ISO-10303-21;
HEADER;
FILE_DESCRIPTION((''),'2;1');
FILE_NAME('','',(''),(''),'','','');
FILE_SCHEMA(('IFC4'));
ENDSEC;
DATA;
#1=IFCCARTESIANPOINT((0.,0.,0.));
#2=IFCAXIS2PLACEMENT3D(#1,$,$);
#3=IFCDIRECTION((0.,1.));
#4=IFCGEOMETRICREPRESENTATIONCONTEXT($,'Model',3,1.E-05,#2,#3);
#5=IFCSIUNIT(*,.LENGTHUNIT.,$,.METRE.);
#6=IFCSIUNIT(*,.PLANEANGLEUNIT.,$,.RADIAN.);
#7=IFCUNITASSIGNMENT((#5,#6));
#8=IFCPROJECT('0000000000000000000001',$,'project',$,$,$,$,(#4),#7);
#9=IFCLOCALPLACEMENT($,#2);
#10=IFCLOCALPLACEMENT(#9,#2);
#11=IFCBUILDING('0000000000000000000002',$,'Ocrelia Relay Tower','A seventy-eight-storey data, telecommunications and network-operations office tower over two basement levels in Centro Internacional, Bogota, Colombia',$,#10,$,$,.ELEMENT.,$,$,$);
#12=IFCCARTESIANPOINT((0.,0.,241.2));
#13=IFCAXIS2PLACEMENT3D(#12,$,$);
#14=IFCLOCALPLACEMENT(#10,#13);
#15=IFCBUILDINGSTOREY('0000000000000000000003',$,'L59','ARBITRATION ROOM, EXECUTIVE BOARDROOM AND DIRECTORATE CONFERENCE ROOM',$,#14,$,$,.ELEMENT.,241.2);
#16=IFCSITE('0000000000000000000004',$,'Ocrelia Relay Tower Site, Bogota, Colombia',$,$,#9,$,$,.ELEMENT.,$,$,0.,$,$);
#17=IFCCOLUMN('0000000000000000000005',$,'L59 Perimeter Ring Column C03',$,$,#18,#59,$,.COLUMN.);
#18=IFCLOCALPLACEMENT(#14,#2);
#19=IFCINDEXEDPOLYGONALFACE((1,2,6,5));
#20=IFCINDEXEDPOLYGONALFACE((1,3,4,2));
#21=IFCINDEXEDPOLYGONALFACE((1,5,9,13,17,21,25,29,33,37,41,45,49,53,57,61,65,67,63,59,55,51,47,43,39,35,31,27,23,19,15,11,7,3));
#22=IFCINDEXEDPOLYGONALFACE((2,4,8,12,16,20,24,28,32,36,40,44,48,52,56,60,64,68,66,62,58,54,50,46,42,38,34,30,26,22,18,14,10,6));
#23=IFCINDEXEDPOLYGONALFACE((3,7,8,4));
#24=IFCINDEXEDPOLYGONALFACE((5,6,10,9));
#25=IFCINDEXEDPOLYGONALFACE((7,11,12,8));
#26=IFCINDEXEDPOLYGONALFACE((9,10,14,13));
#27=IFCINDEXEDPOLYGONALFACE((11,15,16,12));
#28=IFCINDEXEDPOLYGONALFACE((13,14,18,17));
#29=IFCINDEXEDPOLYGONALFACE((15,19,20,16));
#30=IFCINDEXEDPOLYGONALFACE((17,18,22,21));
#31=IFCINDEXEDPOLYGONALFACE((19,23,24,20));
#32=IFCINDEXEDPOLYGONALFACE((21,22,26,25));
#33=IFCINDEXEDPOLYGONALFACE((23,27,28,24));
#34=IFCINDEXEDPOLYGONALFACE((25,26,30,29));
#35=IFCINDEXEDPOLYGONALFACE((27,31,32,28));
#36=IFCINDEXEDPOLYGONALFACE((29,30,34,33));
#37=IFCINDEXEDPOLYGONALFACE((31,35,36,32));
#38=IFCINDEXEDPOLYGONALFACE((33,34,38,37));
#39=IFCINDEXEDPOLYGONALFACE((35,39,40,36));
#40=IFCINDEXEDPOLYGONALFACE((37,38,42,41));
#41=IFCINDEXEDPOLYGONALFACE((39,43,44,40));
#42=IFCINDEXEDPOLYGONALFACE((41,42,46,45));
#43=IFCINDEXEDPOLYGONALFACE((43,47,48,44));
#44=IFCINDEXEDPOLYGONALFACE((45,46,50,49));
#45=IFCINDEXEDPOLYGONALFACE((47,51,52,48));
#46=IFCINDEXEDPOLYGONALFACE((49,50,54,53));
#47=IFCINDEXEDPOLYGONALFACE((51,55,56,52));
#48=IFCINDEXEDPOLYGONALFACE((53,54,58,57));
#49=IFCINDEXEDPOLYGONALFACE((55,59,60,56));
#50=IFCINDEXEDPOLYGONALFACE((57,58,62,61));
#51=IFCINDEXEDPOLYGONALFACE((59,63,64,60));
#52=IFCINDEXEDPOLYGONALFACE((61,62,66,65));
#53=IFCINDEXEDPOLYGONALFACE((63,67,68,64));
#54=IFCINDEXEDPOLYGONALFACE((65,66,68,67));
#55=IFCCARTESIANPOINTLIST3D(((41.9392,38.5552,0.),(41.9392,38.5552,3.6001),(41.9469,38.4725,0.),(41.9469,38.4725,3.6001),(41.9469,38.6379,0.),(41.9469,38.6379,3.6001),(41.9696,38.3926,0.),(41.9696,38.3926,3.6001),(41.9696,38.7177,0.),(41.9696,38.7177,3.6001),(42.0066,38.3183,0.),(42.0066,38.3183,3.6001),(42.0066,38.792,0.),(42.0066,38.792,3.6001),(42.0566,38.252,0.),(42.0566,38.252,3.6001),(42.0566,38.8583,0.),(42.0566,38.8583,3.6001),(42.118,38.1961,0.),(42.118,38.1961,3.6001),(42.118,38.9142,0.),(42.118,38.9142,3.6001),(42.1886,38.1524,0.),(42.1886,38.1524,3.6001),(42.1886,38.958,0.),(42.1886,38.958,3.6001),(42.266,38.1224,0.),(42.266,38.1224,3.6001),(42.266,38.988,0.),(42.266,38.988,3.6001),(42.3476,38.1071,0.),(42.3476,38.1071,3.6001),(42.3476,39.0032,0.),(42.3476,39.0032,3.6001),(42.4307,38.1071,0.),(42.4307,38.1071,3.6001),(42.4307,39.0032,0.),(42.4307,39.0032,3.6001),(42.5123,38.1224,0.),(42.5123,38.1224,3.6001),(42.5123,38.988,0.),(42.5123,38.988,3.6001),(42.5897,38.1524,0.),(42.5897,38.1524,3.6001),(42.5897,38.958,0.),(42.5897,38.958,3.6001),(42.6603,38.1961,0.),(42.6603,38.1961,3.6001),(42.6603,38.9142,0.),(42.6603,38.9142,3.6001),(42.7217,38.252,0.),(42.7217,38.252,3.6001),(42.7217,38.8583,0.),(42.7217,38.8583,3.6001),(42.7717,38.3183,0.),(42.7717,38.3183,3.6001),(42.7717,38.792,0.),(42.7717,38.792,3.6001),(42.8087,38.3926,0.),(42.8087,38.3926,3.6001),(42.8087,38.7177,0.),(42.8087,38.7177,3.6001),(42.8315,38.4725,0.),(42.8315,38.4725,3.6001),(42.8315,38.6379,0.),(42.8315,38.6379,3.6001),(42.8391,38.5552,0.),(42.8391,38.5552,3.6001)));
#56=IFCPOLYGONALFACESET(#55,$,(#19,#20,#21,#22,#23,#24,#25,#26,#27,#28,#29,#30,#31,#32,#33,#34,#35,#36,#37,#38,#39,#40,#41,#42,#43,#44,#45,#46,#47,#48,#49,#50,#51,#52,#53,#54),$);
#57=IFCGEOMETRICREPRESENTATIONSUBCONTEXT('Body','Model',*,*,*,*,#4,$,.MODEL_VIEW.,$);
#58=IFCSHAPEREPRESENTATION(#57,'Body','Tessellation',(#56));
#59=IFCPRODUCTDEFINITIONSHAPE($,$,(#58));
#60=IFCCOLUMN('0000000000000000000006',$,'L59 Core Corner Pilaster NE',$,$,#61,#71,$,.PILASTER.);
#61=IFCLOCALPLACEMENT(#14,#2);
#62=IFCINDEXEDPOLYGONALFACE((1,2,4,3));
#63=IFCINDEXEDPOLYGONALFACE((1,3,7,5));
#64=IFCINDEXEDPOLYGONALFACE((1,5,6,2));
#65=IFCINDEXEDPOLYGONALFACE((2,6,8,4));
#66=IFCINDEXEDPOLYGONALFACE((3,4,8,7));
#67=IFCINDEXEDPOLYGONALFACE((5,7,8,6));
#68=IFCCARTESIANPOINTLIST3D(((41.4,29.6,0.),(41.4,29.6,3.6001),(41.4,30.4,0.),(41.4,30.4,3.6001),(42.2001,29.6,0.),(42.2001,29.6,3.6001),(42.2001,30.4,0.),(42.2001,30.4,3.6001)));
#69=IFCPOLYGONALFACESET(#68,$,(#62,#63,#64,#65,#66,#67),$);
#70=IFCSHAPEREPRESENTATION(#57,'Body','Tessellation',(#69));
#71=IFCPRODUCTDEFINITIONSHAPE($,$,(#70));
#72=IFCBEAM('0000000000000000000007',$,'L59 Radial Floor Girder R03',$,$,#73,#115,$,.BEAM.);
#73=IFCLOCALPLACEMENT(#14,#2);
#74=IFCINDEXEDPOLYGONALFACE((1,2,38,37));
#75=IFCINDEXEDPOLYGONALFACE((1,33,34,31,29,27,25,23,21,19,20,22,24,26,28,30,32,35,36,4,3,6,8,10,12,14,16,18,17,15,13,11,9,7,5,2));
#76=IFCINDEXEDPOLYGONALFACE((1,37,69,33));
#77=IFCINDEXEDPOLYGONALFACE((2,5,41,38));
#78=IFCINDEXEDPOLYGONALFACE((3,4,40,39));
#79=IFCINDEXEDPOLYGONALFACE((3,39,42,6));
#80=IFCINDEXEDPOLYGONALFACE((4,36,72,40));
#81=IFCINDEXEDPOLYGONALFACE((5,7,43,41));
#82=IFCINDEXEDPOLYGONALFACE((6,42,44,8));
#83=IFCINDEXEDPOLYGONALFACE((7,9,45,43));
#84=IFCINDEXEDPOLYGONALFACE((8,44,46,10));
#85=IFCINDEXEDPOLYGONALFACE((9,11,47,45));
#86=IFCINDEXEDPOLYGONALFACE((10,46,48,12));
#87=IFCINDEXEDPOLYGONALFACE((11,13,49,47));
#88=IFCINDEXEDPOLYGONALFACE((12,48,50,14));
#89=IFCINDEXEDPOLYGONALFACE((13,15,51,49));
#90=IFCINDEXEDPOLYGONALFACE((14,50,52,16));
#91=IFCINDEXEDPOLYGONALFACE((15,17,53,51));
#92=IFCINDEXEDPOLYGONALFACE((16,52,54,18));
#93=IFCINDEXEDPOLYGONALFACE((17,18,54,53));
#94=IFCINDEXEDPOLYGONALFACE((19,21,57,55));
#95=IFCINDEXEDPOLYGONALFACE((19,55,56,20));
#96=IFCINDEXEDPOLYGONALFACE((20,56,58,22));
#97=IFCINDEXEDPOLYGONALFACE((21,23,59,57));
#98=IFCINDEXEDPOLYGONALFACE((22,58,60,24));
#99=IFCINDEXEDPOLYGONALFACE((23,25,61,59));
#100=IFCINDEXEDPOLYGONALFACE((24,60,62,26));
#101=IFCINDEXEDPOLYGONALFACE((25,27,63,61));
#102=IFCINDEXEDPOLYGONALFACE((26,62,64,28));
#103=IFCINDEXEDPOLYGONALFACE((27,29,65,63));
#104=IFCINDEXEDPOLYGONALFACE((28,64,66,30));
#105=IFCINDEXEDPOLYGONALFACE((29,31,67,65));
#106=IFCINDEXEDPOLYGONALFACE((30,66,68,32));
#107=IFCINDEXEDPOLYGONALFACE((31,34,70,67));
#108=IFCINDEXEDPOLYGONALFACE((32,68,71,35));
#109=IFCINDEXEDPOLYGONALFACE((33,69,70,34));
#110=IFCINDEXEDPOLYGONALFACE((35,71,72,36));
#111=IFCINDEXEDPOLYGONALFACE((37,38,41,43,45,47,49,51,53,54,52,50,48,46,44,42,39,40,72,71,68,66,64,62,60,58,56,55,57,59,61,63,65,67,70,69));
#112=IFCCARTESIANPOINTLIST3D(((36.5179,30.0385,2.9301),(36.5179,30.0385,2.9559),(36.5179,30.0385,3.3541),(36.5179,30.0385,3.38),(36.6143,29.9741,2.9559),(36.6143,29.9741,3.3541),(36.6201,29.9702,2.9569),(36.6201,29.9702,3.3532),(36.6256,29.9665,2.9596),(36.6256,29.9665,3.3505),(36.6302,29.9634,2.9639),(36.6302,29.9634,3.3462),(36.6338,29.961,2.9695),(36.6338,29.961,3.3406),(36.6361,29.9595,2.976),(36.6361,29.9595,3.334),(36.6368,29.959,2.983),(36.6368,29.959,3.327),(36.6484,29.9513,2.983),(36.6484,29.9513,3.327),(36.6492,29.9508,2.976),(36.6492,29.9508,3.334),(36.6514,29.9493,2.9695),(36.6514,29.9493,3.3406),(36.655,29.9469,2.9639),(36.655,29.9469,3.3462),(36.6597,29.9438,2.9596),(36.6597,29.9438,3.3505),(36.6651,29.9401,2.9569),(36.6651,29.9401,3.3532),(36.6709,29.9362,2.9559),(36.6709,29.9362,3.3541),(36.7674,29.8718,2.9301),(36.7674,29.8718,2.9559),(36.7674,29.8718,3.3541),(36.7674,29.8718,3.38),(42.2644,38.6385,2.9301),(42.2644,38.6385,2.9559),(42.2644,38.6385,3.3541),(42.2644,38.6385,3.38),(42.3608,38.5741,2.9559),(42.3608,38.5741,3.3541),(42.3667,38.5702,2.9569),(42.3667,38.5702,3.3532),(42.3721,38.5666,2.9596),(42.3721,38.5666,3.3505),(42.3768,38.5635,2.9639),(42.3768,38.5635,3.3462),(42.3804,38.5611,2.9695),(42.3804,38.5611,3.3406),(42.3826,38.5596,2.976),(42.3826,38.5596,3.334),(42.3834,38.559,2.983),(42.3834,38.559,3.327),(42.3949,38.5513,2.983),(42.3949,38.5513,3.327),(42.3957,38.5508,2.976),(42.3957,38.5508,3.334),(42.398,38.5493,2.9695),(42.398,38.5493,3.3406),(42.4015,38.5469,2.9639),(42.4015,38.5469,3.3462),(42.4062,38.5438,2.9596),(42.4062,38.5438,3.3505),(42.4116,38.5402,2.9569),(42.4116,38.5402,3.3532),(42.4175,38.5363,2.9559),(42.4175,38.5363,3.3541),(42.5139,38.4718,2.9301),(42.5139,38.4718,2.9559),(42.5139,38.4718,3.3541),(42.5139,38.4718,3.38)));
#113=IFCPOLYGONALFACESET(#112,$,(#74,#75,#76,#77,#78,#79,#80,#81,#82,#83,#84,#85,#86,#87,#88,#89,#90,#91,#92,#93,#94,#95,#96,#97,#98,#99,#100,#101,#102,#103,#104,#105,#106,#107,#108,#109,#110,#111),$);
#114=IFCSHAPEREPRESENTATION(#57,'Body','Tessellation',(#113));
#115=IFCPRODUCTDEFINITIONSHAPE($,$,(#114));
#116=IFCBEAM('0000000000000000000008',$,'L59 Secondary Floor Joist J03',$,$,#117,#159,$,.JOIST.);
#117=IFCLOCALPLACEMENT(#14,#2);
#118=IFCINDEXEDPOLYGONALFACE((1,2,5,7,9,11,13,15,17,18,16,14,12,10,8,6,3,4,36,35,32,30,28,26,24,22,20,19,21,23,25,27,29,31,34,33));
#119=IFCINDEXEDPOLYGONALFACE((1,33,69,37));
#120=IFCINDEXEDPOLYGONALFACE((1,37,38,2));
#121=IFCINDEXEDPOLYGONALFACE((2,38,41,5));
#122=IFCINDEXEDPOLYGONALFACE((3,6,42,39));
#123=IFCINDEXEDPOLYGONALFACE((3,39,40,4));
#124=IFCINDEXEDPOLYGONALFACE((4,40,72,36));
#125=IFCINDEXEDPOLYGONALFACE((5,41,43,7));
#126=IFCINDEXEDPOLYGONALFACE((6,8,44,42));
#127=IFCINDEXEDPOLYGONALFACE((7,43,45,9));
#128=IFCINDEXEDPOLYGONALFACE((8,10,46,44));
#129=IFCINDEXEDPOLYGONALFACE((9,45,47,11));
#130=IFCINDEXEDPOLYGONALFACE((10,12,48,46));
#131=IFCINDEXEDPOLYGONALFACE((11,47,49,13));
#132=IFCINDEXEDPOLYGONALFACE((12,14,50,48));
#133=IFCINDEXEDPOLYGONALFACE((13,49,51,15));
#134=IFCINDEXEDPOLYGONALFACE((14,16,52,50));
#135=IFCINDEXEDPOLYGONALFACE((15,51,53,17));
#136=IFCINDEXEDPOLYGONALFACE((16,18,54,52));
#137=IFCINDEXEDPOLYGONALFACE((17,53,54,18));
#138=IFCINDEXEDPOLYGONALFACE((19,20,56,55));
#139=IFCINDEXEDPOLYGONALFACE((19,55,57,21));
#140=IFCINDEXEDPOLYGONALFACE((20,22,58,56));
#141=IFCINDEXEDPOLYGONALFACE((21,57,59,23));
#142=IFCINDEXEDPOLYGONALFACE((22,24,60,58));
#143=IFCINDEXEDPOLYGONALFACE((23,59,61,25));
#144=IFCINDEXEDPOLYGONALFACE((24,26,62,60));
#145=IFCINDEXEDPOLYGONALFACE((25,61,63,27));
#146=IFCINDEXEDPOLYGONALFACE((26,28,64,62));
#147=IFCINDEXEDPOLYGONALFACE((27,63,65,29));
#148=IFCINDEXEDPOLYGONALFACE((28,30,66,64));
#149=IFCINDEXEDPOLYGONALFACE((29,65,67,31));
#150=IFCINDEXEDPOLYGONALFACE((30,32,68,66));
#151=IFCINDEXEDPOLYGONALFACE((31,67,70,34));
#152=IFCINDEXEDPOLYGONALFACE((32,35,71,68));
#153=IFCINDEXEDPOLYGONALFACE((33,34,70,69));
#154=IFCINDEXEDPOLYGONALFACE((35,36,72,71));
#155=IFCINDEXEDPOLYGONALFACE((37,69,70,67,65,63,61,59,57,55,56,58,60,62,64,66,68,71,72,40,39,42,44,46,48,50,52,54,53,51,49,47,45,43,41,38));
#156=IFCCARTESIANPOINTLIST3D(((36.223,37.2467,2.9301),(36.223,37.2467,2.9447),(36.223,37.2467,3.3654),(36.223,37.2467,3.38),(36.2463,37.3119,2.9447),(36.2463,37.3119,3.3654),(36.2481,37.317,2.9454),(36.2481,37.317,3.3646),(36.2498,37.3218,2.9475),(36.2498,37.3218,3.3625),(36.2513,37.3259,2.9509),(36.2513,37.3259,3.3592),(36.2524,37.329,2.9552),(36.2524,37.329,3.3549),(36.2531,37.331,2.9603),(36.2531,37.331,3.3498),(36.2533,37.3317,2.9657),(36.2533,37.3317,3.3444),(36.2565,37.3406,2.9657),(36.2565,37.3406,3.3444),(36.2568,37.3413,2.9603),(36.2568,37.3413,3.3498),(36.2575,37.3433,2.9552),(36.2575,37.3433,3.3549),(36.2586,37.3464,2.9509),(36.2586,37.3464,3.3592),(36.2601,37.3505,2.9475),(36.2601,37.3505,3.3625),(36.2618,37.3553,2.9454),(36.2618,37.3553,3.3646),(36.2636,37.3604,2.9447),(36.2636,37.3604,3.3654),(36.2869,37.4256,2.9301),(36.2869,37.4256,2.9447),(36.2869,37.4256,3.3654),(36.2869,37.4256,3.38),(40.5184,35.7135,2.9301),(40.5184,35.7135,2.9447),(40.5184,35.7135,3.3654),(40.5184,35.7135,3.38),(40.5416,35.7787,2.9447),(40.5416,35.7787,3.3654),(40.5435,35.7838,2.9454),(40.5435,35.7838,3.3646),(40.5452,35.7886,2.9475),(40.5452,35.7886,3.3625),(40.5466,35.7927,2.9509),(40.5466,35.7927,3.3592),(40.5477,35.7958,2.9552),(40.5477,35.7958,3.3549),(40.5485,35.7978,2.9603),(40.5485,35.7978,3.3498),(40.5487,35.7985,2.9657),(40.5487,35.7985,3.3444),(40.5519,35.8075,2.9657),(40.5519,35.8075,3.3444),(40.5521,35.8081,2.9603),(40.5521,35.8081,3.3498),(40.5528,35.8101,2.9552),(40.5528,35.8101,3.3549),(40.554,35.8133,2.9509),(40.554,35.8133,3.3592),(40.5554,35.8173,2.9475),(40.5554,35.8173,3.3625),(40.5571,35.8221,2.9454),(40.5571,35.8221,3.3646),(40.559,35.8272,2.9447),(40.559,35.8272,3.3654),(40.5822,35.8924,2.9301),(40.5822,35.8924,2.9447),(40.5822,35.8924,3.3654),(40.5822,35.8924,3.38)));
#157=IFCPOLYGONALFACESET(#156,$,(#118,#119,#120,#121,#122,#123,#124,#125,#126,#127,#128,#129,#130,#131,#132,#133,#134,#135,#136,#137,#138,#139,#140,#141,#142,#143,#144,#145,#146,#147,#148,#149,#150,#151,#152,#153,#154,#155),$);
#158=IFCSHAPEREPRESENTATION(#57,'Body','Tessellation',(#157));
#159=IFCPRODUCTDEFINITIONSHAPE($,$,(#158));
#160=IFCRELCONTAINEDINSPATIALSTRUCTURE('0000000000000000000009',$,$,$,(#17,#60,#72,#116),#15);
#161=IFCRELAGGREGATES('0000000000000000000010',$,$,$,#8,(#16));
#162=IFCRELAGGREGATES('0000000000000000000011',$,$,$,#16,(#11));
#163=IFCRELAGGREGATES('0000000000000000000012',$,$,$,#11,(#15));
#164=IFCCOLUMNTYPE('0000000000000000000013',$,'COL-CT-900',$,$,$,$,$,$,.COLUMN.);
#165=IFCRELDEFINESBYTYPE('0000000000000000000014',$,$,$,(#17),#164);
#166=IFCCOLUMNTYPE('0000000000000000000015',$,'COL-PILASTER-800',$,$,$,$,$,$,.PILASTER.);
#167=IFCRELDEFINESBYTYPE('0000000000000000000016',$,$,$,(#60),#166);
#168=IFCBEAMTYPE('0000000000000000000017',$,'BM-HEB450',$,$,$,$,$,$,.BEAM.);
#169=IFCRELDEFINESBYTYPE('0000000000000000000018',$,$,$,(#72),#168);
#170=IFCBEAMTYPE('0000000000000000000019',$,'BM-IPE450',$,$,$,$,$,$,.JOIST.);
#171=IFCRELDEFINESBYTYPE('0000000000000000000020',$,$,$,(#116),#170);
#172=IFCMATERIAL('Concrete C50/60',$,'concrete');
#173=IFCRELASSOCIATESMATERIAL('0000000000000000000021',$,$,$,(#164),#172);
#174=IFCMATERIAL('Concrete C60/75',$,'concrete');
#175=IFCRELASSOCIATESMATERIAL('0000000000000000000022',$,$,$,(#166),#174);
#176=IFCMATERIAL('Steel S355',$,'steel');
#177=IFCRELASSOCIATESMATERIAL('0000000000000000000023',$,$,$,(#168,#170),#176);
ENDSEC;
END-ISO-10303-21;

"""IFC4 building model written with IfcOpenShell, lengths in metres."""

from ifc_helpers import new_model, si_unit, direction, frame, origin, origin_2d, place, context, subcontext, project, spatial, rectangle, circle, i_section, extrude, material, material_profile, profile_set, type_object, element, save


model = new_model("IFC4")

# Units and contexts
model_context = context("Model", 3, precision=1e-05, world=origin(), true_north=direction((0.0, 1.0)))
body_context = subcontext(model_context, "Body", "Model", "MODEL_VIEW")
ifc_project = project(units=[si_unit("LENGTHUNIT", "METRE"), si_unit("PLANEANGLEUNIT", "RADIAN")], contexts=[model_context])

# Site, building, storey
site_placement = place(None, origin())
site = spatial("IfcSite", under=ifc_project, at=site_placement, Name="Ocrelia Relay Tower Site, Bogota, Colombia", CompositionType="ELEMENT", RefElevation=0.0)
building_placement = place(site_placement, origin())
building = spatial("IfcBuilding", under=site, at=building_placement, Name="Ocrelia Relay Tower", Description="A seventy-eight-storey data, telecommunications and network-operations office tower over two basement levels in Centro Internacional, Bogota, Colombia", CompositionType="ELEMENT")
storey_placement = place(building_placement, frame((0.0, 0.0, 241.2)))
storey = spatial("IfcBuildingStorey", under=building, at=storey_placement, Name="L59", Description="ARBITRATION ROOM, EXECUTIVE BOARDROOM AND DIRECTORATE CONFERENCE ROOM", CompositionType="ELEMENT", Elevation=241.2)

# Columns
ifc_material_1 = material(Name="Concrete C50/60", Category="concrete")
ifc_material_profile_1 = material_profile(ifc_material_1, circle(Radius=0.45, at=origin_2d()), Name="RC-CIR-900")
ifc_profile_set_1 = profile_set([ifc_material_profile_1], Name="Concrete C50/60")
column_type_1 = type_object("IfcColumnType", Name="COL-CT-900", PredefinedType="COLUMN", material=ifc_profile_set_1)
column_1_placement = place(storey_placement, frame((42.3892, 38.5552, 0.0), z_axis=(0.0, 0.0, 1.0), x_axis=(1.0, 0.0, 0.0)))
element("IfcColumn", 1, at=column_1_placement, inside=storey, type_object=column_type_1, Name="L59 Perimeter Ring Column C03", PredefinedType="COLUMN", context=body_context, shape_type="SweptSolid", body=[
    extrude(circle(Radius=0.45, at=origin_2d()), origin(), (0.0, 0.0, 1.0), 3.6001),
])
ifc_material_2 = material(Name="Concrete C60/75", Category="concrete")
ifc_material_profile_2 = material_profile(ifc_material_2, rectangle(XDim=0.8, YDim=0.8, at=origin_2d()), Name="RC-COL-800x800")
ifc_profile_set_2 = profile_set([ifc_material_profile_2], Name="Concrete C60/75")
column_type_2 = type_object("IfcColumnType", Name="COL-PILASTER-800", PredefinedType="PILASTER", material=ifc_profile_set_2)
column_2_placement = place(storey_placement, frame((41.8, 30.0, 0.0), z_axis=(0.0, 0.0, 1.0), x_axis=(1.0, 0.0, 0.0)))
element("IfcColumn", 2, at=column_2_placement, inside=storey, type_object=column_type_2, Name="L59 Core Corner Pilaster NE", PredefinedType="PILASTER", context=body_context, shape_type="SweptSolid", body=[
    extrude(rectangle(XDim=0.8, YDim=0.8, at=origin_2d()), origin(), (0.0, 0.0, 1.0), 3.6001),
])

# Beams
ifc_material_3 = material(Name="Steel S355", Category="steel")
ifc_material_profile_3 = material_profile(ifc_material_3, i_section(OverallWidth=0.3, OverallDepth=0.45, WebThickness=0.0139, FlangeThickness=0.0259, FilletRadius=0.0271, at=origin_2d()), Name="HEB 450")
ifc_profile_set_3 = profile_set([ifc_material_profile_3], Name="Steel S355")
beam_type_1 = type_object("IfcBeamType", Name="BM-HEB450", PredefinedType="BEAM", material=ifc_profile_set_3)
beam_1_placement = place(storey_placement, frame((42.3892, 38.5552, 3.155), z_axis=(-0.555582, -0.831462, 0.0), x_axis=(0.831462, -0.555582, 0.0)))
element("IfcBeam", 3, at=beam_1_placement, inside=storey, type_object=beam_type_1, Name="L59 Radial Floor Girder R03", PredefinedType="BEAM", context=body_context, shape_type="SweptSolid", body=[
    extrude(i_section(OverallWidth=0.3, OverallDepth=0.45, WebThickness=0.0139, FlangeThickness=0.0259, FilletRadius=0.0271, at=origin_2d()), origin(), (0.0, 0.0, 1.0), 10.3433),
])
ifc_material_profile_4 = material_profile(ifc_material_3, i_section(OverallWidth=0.1899, OverallDepth=0.45, WebThickness=0.0095, FlangeThickness=0.0146, FilletRadius=0.021, at=origin_2d()), Name="IPE 450")
ifc_profile_set_4 = profile_set([ifc_material_profile_4], Name="Steel S355")
beam_type_2 = type_object("IfcBeamType", Name="BM-IPE450", PredefinedType="JOIST", material=ifc_profile_set_4)
beam_2_placement = place(storey_placement, frame((40.5503, 35.803, 3.155), z_axis=(-0.941802, 0.336167, 0.0), x_axis=(-0.336167, -0.941802, 0.0)))
element("IfcBeam", 4, at=beam_2_placement, inside=storey, type_object=beam_type_2, Name="L59 Secondary Floor Joist J03", PredefinedType="JOIST", context=body_context, shape_type="SweptSolid", body=[
    extrude(i_section(OverallWidth=0.1899, OverallDepth=0.45, WebThickness=0.0095, FlangeThickness=0.0146, FilletRadius=0.021, at=origin_2d()), origin(), (0.0, 0.0, 1.0), 4.5608),
])

save(model, "model.ifc")
